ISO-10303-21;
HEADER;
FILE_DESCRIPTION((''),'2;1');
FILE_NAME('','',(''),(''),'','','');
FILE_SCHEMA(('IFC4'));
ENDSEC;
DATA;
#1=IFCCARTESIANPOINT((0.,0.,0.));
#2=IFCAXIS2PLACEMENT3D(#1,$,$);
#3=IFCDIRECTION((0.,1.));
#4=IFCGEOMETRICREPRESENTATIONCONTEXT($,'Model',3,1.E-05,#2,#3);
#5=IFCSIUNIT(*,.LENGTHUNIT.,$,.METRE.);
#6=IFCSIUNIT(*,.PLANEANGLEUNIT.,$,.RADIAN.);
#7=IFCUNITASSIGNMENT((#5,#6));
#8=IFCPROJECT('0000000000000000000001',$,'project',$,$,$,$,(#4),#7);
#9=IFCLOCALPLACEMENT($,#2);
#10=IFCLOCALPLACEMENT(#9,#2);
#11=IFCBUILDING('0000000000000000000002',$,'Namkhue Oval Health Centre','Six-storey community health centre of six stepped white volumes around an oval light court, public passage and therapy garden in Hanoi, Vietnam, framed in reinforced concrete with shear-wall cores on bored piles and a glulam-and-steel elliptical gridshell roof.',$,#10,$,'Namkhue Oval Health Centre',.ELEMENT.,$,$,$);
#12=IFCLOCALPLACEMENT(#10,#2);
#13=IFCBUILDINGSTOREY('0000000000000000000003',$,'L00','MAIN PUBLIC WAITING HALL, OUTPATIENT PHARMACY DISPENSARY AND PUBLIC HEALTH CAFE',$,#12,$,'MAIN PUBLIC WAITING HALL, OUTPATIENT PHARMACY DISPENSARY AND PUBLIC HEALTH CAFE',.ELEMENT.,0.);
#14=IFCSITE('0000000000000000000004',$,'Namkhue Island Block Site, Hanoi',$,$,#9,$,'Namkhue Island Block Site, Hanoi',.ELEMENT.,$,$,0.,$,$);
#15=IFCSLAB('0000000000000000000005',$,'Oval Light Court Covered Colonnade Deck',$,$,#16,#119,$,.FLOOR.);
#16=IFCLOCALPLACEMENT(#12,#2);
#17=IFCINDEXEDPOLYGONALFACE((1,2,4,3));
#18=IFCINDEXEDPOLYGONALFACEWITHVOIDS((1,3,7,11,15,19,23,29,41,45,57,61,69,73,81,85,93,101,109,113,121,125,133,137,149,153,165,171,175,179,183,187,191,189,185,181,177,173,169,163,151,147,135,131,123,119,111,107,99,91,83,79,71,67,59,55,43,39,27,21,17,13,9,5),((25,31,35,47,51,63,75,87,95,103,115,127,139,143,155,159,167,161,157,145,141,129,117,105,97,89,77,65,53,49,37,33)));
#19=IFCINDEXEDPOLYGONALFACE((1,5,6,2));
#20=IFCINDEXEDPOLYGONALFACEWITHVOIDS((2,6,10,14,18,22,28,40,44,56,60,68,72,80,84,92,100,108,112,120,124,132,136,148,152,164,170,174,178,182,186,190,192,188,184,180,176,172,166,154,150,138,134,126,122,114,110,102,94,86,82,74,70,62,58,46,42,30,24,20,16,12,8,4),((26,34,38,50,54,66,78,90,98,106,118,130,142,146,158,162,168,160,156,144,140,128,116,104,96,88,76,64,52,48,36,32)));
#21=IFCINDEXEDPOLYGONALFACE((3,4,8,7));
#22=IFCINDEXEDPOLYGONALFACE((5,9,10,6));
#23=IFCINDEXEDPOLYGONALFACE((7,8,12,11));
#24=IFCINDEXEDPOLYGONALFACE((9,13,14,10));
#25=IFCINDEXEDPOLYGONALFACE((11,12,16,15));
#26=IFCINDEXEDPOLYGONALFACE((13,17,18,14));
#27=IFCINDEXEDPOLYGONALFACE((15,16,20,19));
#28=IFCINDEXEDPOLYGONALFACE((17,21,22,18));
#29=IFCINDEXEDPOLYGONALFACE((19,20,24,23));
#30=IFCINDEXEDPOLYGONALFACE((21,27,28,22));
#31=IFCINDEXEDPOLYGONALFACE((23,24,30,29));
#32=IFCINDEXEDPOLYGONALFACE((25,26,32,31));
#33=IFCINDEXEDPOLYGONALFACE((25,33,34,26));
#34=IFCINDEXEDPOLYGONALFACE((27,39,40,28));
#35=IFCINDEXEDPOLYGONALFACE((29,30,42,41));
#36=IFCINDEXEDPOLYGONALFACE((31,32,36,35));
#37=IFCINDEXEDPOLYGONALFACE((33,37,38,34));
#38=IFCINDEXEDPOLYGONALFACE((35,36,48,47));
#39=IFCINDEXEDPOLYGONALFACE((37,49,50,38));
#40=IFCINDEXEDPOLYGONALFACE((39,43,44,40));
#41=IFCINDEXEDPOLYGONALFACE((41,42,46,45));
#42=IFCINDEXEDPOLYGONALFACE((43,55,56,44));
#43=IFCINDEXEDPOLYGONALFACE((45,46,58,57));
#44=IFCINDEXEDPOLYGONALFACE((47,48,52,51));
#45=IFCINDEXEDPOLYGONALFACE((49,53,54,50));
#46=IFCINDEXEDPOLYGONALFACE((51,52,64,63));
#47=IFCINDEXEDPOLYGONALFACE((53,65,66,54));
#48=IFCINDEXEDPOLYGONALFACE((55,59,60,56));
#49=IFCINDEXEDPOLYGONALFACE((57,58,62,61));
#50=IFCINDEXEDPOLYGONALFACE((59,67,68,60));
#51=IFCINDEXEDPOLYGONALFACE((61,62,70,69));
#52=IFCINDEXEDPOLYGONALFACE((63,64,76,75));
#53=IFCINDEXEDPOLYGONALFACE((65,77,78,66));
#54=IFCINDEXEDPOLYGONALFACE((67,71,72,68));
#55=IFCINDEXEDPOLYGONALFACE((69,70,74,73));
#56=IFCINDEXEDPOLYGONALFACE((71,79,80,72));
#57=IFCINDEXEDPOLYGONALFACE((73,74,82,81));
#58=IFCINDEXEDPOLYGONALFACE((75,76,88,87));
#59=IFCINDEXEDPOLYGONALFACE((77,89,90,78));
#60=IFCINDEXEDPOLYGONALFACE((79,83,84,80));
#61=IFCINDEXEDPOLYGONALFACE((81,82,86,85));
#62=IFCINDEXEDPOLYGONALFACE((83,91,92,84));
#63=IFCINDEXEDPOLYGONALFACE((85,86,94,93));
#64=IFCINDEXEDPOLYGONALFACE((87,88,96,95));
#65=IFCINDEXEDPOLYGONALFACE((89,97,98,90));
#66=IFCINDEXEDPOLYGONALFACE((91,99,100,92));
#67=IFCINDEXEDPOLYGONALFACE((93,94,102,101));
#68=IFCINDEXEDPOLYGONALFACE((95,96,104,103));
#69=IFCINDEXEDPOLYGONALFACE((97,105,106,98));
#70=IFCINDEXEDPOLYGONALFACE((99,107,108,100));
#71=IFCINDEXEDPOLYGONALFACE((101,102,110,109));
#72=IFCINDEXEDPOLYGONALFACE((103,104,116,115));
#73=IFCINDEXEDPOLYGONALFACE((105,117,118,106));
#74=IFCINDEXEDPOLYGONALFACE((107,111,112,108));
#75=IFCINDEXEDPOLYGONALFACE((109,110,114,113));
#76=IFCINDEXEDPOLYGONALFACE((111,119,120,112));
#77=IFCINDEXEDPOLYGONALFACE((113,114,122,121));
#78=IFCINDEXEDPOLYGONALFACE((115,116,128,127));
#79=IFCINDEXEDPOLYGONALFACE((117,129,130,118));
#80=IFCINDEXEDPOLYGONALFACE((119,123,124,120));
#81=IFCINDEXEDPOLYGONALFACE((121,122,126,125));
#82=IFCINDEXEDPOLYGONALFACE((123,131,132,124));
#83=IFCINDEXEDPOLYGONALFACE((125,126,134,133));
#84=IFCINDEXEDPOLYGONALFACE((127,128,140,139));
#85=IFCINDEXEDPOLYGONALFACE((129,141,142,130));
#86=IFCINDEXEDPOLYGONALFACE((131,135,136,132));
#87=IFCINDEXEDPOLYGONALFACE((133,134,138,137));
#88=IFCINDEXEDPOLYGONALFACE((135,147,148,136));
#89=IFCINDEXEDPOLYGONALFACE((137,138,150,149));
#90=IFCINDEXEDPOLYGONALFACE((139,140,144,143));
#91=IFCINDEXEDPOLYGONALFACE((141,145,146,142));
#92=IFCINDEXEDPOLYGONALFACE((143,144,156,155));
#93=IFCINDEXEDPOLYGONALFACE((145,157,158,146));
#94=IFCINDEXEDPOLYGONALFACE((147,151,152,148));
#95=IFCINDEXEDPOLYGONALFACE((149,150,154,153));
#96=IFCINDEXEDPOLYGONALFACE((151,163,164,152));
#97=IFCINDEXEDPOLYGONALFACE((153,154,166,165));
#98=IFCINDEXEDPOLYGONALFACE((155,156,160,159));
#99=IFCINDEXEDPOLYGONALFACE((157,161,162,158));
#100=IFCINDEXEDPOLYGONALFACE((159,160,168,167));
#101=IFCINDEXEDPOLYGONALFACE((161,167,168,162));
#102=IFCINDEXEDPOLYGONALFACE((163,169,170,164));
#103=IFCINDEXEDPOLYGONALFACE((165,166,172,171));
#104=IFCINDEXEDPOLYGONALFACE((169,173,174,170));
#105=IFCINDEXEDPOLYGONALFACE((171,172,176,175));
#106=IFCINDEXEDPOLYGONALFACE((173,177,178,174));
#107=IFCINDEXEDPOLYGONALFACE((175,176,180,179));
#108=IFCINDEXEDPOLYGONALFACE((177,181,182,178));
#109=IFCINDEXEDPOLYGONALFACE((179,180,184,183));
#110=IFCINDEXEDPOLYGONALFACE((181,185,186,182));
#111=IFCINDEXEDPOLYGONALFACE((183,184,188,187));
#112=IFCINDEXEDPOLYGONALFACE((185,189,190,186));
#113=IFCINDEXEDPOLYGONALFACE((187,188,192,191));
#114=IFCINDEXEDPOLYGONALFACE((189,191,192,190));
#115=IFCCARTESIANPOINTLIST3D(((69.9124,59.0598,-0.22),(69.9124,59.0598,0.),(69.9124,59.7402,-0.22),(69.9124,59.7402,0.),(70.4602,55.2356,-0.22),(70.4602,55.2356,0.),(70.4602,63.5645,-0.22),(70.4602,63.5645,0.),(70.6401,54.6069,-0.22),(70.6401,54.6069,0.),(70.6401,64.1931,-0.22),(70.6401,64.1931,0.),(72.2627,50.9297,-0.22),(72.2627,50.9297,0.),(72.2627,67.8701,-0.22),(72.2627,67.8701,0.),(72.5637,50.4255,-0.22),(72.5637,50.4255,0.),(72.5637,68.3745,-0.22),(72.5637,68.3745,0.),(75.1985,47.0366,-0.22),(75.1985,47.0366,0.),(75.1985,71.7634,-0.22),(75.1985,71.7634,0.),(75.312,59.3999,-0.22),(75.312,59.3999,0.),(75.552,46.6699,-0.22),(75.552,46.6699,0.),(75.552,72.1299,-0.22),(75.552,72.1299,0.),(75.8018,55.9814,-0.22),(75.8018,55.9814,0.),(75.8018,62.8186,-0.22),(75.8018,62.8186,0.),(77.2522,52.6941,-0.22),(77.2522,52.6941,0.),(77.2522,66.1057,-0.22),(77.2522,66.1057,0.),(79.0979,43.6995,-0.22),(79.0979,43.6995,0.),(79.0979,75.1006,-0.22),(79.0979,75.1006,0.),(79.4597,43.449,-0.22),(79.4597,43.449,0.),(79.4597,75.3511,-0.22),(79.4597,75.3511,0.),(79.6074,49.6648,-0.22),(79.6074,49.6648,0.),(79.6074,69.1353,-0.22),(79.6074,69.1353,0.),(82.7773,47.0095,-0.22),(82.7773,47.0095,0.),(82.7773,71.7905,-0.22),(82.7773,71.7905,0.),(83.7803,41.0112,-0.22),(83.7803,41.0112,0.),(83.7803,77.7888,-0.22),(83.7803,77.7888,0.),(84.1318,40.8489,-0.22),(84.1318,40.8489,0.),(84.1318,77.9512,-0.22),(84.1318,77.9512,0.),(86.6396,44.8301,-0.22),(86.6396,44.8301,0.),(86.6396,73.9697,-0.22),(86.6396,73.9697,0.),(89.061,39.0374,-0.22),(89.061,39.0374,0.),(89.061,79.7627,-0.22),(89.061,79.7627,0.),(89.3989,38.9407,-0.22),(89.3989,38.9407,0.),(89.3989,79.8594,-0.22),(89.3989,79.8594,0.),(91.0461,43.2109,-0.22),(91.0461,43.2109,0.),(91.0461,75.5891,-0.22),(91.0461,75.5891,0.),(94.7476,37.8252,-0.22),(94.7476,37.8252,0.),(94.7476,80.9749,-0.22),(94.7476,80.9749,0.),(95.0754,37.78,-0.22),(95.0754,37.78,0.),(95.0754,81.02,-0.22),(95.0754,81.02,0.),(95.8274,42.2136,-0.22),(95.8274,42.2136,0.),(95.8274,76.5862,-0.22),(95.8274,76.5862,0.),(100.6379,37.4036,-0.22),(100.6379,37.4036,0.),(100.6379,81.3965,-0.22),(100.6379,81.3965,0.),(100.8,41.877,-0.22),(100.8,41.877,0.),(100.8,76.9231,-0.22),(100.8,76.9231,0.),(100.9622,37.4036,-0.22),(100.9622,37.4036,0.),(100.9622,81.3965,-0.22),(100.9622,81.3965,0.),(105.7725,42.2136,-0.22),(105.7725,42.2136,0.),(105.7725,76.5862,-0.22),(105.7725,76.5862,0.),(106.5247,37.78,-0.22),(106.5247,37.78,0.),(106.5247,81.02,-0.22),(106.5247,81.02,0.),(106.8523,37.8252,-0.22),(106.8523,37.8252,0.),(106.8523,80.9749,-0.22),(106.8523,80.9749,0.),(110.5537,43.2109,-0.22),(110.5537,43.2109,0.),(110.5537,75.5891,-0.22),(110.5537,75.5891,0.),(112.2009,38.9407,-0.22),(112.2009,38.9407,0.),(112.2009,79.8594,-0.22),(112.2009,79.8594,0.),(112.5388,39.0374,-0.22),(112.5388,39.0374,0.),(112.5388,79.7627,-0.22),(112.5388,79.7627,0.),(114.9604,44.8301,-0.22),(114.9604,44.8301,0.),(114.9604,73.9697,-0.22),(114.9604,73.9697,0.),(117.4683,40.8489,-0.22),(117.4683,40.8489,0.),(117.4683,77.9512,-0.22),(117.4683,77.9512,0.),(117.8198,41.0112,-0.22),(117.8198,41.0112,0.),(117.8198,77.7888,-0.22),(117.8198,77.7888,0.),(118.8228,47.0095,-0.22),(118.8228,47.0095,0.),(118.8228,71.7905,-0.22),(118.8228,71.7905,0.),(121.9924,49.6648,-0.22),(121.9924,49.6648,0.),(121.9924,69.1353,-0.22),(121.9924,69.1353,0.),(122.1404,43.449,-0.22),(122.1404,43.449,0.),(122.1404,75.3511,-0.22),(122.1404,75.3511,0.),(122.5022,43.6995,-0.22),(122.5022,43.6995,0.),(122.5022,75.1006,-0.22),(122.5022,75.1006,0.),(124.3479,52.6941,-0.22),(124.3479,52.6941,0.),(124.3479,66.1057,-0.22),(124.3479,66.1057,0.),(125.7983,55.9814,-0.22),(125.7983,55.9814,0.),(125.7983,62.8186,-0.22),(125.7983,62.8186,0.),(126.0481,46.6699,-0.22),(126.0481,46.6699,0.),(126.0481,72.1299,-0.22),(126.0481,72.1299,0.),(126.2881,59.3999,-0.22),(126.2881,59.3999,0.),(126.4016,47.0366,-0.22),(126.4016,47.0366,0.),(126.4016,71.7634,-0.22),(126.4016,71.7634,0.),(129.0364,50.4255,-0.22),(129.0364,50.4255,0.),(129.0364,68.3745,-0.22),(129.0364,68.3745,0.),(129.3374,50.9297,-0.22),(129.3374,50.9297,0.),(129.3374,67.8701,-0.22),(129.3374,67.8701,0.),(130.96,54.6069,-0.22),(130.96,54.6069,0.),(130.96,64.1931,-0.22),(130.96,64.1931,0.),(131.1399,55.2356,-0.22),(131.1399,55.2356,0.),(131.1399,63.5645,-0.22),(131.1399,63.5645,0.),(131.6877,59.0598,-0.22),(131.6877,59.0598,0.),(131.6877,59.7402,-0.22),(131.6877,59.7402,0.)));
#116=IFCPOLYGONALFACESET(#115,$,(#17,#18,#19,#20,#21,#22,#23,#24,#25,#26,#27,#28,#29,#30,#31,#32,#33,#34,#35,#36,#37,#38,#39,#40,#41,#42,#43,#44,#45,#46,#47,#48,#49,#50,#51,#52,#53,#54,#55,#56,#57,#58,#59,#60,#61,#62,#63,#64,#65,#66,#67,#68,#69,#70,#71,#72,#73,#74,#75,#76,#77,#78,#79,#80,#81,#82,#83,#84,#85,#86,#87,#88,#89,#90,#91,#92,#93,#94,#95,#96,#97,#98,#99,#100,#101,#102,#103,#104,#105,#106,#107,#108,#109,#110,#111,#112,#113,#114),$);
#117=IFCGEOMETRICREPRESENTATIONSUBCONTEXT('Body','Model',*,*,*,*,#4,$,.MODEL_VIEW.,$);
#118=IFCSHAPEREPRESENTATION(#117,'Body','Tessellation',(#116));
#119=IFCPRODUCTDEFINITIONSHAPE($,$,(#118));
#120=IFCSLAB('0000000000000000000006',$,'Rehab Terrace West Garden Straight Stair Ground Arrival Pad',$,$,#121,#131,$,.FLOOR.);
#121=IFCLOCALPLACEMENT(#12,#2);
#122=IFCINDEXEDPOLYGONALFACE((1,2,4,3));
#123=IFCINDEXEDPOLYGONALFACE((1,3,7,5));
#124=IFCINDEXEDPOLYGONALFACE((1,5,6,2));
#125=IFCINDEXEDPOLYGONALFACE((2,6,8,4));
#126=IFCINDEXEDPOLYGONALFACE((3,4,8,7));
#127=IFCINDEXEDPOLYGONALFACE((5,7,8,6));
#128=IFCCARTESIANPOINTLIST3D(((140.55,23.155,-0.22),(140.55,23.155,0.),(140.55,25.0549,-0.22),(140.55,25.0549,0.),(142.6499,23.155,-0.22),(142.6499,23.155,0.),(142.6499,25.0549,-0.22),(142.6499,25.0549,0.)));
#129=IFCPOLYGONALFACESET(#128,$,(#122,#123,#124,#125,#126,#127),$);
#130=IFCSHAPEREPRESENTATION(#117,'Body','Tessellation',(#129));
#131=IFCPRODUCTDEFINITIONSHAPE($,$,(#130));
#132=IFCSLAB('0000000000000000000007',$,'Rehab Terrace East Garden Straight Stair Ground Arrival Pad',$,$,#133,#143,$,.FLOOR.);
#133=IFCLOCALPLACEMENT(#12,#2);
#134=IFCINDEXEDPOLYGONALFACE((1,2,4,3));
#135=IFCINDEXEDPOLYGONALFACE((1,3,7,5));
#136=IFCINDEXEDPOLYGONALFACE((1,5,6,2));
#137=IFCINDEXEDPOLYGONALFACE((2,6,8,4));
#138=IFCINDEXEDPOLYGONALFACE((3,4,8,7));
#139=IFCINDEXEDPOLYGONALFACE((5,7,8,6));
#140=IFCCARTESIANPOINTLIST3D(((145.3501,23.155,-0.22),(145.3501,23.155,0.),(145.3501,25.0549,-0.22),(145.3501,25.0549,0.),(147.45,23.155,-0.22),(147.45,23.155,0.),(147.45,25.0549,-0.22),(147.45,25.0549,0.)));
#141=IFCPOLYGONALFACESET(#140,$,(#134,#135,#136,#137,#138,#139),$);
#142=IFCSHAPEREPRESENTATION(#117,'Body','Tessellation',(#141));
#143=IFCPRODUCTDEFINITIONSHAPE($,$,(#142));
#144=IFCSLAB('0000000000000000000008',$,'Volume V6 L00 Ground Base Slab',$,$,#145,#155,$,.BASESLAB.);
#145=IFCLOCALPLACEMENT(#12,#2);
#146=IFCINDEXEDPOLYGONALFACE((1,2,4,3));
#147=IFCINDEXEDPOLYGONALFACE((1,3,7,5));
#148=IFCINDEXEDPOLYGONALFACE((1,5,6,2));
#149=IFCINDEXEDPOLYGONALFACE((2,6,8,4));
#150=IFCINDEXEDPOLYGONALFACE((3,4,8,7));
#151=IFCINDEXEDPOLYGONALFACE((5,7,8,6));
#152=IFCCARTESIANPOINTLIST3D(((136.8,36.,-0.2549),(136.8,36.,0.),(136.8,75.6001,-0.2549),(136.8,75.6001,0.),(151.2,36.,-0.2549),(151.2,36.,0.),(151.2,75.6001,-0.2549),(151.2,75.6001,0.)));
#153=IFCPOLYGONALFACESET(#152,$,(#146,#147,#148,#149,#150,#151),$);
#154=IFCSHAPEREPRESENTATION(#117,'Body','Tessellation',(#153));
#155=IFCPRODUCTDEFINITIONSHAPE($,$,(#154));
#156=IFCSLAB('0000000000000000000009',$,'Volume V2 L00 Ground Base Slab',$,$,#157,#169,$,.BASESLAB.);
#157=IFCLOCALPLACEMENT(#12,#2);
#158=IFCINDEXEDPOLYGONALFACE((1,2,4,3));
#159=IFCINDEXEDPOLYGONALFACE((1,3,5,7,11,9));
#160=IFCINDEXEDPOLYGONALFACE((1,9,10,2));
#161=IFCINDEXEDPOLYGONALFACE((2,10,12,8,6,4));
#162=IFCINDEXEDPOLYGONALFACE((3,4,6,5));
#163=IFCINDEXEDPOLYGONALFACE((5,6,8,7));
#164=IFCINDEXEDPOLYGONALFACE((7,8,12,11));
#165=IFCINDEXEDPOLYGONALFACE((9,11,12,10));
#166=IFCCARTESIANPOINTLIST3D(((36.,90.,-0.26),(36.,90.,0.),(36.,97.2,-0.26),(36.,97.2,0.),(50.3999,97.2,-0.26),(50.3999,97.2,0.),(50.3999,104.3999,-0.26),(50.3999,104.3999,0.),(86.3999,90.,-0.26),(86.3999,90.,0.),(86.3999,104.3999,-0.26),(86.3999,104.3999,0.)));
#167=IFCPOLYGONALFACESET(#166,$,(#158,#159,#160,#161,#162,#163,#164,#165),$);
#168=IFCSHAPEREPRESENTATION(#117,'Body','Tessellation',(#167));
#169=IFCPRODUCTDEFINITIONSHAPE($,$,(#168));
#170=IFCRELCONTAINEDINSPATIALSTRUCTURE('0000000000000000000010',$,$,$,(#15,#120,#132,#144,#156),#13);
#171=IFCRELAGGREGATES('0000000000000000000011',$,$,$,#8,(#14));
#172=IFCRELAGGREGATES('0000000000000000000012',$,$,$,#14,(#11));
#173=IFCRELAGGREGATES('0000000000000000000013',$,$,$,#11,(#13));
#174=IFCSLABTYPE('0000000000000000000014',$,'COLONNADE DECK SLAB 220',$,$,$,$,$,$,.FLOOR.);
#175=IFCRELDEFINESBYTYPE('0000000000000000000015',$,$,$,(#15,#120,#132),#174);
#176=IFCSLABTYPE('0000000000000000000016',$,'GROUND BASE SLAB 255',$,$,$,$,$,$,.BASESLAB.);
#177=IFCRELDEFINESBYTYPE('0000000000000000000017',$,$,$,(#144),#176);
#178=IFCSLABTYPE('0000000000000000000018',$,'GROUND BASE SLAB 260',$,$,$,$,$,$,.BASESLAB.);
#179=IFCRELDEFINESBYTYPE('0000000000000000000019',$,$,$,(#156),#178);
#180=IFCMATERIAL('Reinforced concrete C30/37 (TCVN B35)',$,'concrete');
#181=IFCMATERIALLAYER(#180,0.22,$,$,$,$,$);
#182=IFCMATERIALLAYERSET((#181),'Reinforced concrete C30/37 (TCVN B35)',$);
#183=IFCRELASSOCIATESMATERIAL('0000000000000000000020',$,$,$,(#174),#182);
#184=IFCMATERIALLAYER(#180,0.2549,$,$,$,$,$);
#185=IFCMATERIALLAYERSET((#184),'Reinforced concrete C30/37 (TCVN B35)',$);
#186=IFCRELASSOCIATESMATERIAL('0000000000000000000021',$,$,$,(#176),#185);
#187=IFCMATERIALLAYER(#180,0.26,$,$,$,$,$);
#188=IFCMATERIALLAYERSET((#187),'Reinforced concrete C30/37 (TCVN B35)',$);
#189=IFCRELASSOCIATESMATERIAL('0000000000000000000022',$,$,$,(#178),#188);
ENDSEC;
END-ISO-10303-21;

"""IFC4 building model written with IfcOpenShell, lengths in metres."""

from ifc_helpers import new_model, si_unit, direction, frame, origin, place, context, subcontext, project, spatial, polyline, outline, extrude, material, layer, layer_set, type_object, element, save


model = new_model("IFC4")

# Units and contexts
model_context = context("Model", 3, precision=1e-05, world=origin(), true_north=direction((0.0, 1.0)))
body_context = subcontext(model_context, "Body", "Model", "MODEL_VIEW")
ifc_project = project(units=[si_unit("LENGTHUNIT", "METRE"), si_unit("PLANEANGLEUNIT", "RADIAN")], contexts=[model_context])

# Site, building, storey
site_placement = place(None, origin())
site = spatial("IfcSite", under=ifc_project, at=site_placement, Name="Namkhue Island Block Site, Hanoi", LongName="Namkhue Island Block Site, Hanoi", CompositionType="ELEMENT", RefElevation=0.0)
building_placement = place(site_placement, origin())
building = spatial("IfcBuilding", under=site, at=building_placement, Name="Namkhue Oval Health Centre", Description="Six-storey community health centre of six stepped white volumes around an oval light court, public passage and therapy garden in Hanoi, Vietnam, framed in reinforced concrete with shear-wall cores on bored piles and a glulam-and-steel elliptical gridshell roof.", LongName="Namkhue Oval Health Centre", CompositionType="ELEMENT")
storey_placement = place(building_placement, origin())
storey = spatial("IfcBuildingStorey", under=building, at=storey_placement, Name="L00", Description="MAIN PUBLIC WAITING HALL, OUTPATIENT PHARMACY DISPENSARY AND PUBLIC HEALTH CAFE", LongName="MAIN PUBLIC WAITING HALL, OUTPATIENT PHARMACY DISPENSARY AND PUBLIC HEALTH CAFE", CompositionType="ELEMENT", Elevation=0.0)

# Slabs
ifc_material_1 = material(Name="Reinforced concrete C30/37 (TCVN B35)", Category="concrete")
ifc_layer_1 = layer(ifc_material_1, 0.22)
ifc_layer_set_1 = layer_set([ifc_layer_1], Name="Reinforced concrete C30/37 (TCVN B35)")
slab_type_1 = type_object("IfcSlabType", Name="COLONNADE DECK SLAB 220", PredefinedType="FLOOR", material=ifc_layer_set_1)
slab_1_placement = place(storey_placement, frame((0.0, 0.0, -0.22)))
element("IfcSlab", 1, at=slab_1_placement, inside=storey, type_object=slab_type_1, Name="Oval Light Court Covered Colonnade Deck", PredefinedType="FLOOR", context=body_context, shape_type="SweptSolid", body=[
    extrude(outline(polyline([(122.5022, 43.6995), (122.1404, 43.449), (117.8198, 41.0112), (117.4683, 40.8489), (112.5388, 39.0374), (112.2009, 38.9407), (106.8523, 37.8252), (106.5247, 37.78), (100.9622, 37.4036), (100.6379, 37.4036), (95.0754, 37.78), (94.7476, 37.8252), (89.3989, 38.9407), (89.061, 39.0374), (84.1318, 40.8489), (83.7803, 41.0112), (79.4597, 43.449), (79.0979, 43.6995), (75.552, 46.6699), (75.1985, 47.0366), (72.5637, 50.4255), (72.2627, 50.9297), (70.6401, 54.6069), (70.4602, 55.2356), (69.9124, 59.0598), (69.9124, 59.7402), (70.4602, 63.5645), (70.6401, 64.1931), (72.2627, 67.8701), (72.5637, 68.3745), (75.1985, 71.7634), (75.552, 72.1299), (79.0979, 75.1006), (79.4597, 75.3511), (83.7803, 77.7888), (84.1318, 77.9512), (89.061, 79.7627), (89.3989, 79.8594), (94.7476, 80.9749), (95.0754, 81.02), (100.6379, 81.3965), (100.9622, 81.3965), (106.5247, 81.02), (106.8523, 80.9749), (112.2009, 79.8594), (112.5388, 79.7627), (117.4683, 77.9512), (117.8198, 77.7888), (122.1404, 75.3511), (122.5022, 75.1006), (126.0481, 72.1299), (126.4016, 71.7634), (129.0364, 68.3745), (129.3374, 67.8701), (130.96, 64.1931), (131.1399, 63.5645), (131.6877, 59.7402), (131.6877, 59.0598), (131.1399, 55.2356), (130.96, 54.6069), (129.3374, 50.9297), (129.0364, 50.4255), (126.4016, 47.0366), (126.0481, 46.6699), (122.5022, 43.6995)]), holes=[polyline([(105.7725, 76.5862), (100.8, 76.9231), (95.8274, 76.5862), (91.0461, 75.5891), (86.6396, 73.9697), (82.7773, 71.7905), (79.6074, 69.1353), (77.2522, 66.1057), (75.8018, 62.8186), (75.312, 59.3999), (75.8018, 55.9814), (77.2522, 52.6941), (79.6074, 49.6648), (82.7773, 47.0095), (86.6396, 44.8301), (91.0461, 43.2109), (95.8274, 42.2136), (100.8, 41.877), (105.7725, 42.2136), (110.5537, 43.2109), (114.9604, 44.8301), (118.8228, 47.0095), (121.9924, 49.6648), (124.3479, 52.6941), (125.7983, 55.9814), (126.2881, 59.3999), (125.7983, 62.8186), (124.3479, 66.1057), (121.9924, 69.1353), (118.8228, 71.7905), (114.9604, 73.9697), (110.5537, 75.5891), (105.7725, 76.5862)])]), origin(), (0.0, 0.0, 1.0), 0.22),
])
slab_2_placement = place(storey_placement, frame((0.0, 0.0, -0.22)))
element("IfcSlab", 2, at=slab_2_placement, inside=storey, type_object=slab_type_1, Name="Rehab Terrace West Garden Straight Stair Ground Arrival Pad", PredefinedType="FLOOR", context=body_context, shape_type="SweptSolid", body=[
    extrude(outline(polyline([(142.6499, 23.155), (142.6499, 25.0549), (140.55, 25.0549), (140.55, 23.155), (142.6499, 23.155)])), origin(), (0.0, 0.0, 1.0), 0.22),
])
slab_3_placement = place(storey_placement, frame((0.0, 0.0, -0.22)))
element("IfcSlab", 3, at=slab_3_placement, inside=storey, type_object=slab_type_1, Name="Rehab Terrace East Garden Straight Stair Ground Arrival Pad", PredefinedType="FLOOR", context=body_context, shape_type="SweptSolid", body=[
    extrude(outline(polyline([(147.45, 23.155), (147.45, 25.0549), (145.3501, 25.0549), (145.3501, 23.155), (147.45, 23.155)])), origin(), (0.0, 0.0, 1.0), 0.22),
])
ifc_layer_2 = layer(ifc_material_1, 0.2549)
ifc_layer_set_2 = layer_set([ifc_layer_2], Name="Reinforced concrete C30/37 (TCVN B35)")
slab_type_2 = type_object("IfcSlabType", Name="GROUND BASE SLAB 255", PredefinedType="BASESLAB", material=ifc_layer_set_2)
slab_4_placement = place(storey_placement, frame((0.0, 0.0, -0.2549)))
element("IfcSlab", 4, at=slab_4_placement, inside=storey, type_object=slab_type_2, Name="Volume V6 L00 Ground Base Slab", PredefinedType="BASESLAB", context=body_context, shape_type="SweptSolid", body=[
    extrude(outline(polyline([(136.8, 36.0), (151.2, 36.0), (151.2, 75.6001), (136.8, 75.6001), (136.8, 36.0)])), origin(), (0.0, 0.0, 1.0), 0.2549),
])
ifc_layer_3 = layer(ifc_material_1, 0.26)
ifc_layer_set_3 = layer_set([ifc_layer_3], Name="Reinforced concrete C30/37 (TCVN B35)")
slab_type_3 = type_object("IfcSlabType", Name="GROUND BASE SLAB 260", PredefinedType="BASESLAB", material=ifc_layer_set_3)
slab_5_placement = place(storey_placement, frame((0.0, 0.0, -0.26)))
element("IfcSlab", 5, at=slab_5_placement, inside=storey, type_object=slab_type_3, Name="Volume V2 L00 Ground Base Slab", PredefinedType="BASESLAB", context=body_context, shape_type="SweptSolid", body=[
    extrude(outline(polyline([(36.0, 90.0), (86.3999, 90.0), (86.3999, 104.3999), (50.3999, 104.3999), (50.3999, 97.2), (36.0, 97.2), (36.0, 90.0)])), origin(), (0.0, 0.0, 1.0), 0.26),
])

save(model, "model.ifc")
